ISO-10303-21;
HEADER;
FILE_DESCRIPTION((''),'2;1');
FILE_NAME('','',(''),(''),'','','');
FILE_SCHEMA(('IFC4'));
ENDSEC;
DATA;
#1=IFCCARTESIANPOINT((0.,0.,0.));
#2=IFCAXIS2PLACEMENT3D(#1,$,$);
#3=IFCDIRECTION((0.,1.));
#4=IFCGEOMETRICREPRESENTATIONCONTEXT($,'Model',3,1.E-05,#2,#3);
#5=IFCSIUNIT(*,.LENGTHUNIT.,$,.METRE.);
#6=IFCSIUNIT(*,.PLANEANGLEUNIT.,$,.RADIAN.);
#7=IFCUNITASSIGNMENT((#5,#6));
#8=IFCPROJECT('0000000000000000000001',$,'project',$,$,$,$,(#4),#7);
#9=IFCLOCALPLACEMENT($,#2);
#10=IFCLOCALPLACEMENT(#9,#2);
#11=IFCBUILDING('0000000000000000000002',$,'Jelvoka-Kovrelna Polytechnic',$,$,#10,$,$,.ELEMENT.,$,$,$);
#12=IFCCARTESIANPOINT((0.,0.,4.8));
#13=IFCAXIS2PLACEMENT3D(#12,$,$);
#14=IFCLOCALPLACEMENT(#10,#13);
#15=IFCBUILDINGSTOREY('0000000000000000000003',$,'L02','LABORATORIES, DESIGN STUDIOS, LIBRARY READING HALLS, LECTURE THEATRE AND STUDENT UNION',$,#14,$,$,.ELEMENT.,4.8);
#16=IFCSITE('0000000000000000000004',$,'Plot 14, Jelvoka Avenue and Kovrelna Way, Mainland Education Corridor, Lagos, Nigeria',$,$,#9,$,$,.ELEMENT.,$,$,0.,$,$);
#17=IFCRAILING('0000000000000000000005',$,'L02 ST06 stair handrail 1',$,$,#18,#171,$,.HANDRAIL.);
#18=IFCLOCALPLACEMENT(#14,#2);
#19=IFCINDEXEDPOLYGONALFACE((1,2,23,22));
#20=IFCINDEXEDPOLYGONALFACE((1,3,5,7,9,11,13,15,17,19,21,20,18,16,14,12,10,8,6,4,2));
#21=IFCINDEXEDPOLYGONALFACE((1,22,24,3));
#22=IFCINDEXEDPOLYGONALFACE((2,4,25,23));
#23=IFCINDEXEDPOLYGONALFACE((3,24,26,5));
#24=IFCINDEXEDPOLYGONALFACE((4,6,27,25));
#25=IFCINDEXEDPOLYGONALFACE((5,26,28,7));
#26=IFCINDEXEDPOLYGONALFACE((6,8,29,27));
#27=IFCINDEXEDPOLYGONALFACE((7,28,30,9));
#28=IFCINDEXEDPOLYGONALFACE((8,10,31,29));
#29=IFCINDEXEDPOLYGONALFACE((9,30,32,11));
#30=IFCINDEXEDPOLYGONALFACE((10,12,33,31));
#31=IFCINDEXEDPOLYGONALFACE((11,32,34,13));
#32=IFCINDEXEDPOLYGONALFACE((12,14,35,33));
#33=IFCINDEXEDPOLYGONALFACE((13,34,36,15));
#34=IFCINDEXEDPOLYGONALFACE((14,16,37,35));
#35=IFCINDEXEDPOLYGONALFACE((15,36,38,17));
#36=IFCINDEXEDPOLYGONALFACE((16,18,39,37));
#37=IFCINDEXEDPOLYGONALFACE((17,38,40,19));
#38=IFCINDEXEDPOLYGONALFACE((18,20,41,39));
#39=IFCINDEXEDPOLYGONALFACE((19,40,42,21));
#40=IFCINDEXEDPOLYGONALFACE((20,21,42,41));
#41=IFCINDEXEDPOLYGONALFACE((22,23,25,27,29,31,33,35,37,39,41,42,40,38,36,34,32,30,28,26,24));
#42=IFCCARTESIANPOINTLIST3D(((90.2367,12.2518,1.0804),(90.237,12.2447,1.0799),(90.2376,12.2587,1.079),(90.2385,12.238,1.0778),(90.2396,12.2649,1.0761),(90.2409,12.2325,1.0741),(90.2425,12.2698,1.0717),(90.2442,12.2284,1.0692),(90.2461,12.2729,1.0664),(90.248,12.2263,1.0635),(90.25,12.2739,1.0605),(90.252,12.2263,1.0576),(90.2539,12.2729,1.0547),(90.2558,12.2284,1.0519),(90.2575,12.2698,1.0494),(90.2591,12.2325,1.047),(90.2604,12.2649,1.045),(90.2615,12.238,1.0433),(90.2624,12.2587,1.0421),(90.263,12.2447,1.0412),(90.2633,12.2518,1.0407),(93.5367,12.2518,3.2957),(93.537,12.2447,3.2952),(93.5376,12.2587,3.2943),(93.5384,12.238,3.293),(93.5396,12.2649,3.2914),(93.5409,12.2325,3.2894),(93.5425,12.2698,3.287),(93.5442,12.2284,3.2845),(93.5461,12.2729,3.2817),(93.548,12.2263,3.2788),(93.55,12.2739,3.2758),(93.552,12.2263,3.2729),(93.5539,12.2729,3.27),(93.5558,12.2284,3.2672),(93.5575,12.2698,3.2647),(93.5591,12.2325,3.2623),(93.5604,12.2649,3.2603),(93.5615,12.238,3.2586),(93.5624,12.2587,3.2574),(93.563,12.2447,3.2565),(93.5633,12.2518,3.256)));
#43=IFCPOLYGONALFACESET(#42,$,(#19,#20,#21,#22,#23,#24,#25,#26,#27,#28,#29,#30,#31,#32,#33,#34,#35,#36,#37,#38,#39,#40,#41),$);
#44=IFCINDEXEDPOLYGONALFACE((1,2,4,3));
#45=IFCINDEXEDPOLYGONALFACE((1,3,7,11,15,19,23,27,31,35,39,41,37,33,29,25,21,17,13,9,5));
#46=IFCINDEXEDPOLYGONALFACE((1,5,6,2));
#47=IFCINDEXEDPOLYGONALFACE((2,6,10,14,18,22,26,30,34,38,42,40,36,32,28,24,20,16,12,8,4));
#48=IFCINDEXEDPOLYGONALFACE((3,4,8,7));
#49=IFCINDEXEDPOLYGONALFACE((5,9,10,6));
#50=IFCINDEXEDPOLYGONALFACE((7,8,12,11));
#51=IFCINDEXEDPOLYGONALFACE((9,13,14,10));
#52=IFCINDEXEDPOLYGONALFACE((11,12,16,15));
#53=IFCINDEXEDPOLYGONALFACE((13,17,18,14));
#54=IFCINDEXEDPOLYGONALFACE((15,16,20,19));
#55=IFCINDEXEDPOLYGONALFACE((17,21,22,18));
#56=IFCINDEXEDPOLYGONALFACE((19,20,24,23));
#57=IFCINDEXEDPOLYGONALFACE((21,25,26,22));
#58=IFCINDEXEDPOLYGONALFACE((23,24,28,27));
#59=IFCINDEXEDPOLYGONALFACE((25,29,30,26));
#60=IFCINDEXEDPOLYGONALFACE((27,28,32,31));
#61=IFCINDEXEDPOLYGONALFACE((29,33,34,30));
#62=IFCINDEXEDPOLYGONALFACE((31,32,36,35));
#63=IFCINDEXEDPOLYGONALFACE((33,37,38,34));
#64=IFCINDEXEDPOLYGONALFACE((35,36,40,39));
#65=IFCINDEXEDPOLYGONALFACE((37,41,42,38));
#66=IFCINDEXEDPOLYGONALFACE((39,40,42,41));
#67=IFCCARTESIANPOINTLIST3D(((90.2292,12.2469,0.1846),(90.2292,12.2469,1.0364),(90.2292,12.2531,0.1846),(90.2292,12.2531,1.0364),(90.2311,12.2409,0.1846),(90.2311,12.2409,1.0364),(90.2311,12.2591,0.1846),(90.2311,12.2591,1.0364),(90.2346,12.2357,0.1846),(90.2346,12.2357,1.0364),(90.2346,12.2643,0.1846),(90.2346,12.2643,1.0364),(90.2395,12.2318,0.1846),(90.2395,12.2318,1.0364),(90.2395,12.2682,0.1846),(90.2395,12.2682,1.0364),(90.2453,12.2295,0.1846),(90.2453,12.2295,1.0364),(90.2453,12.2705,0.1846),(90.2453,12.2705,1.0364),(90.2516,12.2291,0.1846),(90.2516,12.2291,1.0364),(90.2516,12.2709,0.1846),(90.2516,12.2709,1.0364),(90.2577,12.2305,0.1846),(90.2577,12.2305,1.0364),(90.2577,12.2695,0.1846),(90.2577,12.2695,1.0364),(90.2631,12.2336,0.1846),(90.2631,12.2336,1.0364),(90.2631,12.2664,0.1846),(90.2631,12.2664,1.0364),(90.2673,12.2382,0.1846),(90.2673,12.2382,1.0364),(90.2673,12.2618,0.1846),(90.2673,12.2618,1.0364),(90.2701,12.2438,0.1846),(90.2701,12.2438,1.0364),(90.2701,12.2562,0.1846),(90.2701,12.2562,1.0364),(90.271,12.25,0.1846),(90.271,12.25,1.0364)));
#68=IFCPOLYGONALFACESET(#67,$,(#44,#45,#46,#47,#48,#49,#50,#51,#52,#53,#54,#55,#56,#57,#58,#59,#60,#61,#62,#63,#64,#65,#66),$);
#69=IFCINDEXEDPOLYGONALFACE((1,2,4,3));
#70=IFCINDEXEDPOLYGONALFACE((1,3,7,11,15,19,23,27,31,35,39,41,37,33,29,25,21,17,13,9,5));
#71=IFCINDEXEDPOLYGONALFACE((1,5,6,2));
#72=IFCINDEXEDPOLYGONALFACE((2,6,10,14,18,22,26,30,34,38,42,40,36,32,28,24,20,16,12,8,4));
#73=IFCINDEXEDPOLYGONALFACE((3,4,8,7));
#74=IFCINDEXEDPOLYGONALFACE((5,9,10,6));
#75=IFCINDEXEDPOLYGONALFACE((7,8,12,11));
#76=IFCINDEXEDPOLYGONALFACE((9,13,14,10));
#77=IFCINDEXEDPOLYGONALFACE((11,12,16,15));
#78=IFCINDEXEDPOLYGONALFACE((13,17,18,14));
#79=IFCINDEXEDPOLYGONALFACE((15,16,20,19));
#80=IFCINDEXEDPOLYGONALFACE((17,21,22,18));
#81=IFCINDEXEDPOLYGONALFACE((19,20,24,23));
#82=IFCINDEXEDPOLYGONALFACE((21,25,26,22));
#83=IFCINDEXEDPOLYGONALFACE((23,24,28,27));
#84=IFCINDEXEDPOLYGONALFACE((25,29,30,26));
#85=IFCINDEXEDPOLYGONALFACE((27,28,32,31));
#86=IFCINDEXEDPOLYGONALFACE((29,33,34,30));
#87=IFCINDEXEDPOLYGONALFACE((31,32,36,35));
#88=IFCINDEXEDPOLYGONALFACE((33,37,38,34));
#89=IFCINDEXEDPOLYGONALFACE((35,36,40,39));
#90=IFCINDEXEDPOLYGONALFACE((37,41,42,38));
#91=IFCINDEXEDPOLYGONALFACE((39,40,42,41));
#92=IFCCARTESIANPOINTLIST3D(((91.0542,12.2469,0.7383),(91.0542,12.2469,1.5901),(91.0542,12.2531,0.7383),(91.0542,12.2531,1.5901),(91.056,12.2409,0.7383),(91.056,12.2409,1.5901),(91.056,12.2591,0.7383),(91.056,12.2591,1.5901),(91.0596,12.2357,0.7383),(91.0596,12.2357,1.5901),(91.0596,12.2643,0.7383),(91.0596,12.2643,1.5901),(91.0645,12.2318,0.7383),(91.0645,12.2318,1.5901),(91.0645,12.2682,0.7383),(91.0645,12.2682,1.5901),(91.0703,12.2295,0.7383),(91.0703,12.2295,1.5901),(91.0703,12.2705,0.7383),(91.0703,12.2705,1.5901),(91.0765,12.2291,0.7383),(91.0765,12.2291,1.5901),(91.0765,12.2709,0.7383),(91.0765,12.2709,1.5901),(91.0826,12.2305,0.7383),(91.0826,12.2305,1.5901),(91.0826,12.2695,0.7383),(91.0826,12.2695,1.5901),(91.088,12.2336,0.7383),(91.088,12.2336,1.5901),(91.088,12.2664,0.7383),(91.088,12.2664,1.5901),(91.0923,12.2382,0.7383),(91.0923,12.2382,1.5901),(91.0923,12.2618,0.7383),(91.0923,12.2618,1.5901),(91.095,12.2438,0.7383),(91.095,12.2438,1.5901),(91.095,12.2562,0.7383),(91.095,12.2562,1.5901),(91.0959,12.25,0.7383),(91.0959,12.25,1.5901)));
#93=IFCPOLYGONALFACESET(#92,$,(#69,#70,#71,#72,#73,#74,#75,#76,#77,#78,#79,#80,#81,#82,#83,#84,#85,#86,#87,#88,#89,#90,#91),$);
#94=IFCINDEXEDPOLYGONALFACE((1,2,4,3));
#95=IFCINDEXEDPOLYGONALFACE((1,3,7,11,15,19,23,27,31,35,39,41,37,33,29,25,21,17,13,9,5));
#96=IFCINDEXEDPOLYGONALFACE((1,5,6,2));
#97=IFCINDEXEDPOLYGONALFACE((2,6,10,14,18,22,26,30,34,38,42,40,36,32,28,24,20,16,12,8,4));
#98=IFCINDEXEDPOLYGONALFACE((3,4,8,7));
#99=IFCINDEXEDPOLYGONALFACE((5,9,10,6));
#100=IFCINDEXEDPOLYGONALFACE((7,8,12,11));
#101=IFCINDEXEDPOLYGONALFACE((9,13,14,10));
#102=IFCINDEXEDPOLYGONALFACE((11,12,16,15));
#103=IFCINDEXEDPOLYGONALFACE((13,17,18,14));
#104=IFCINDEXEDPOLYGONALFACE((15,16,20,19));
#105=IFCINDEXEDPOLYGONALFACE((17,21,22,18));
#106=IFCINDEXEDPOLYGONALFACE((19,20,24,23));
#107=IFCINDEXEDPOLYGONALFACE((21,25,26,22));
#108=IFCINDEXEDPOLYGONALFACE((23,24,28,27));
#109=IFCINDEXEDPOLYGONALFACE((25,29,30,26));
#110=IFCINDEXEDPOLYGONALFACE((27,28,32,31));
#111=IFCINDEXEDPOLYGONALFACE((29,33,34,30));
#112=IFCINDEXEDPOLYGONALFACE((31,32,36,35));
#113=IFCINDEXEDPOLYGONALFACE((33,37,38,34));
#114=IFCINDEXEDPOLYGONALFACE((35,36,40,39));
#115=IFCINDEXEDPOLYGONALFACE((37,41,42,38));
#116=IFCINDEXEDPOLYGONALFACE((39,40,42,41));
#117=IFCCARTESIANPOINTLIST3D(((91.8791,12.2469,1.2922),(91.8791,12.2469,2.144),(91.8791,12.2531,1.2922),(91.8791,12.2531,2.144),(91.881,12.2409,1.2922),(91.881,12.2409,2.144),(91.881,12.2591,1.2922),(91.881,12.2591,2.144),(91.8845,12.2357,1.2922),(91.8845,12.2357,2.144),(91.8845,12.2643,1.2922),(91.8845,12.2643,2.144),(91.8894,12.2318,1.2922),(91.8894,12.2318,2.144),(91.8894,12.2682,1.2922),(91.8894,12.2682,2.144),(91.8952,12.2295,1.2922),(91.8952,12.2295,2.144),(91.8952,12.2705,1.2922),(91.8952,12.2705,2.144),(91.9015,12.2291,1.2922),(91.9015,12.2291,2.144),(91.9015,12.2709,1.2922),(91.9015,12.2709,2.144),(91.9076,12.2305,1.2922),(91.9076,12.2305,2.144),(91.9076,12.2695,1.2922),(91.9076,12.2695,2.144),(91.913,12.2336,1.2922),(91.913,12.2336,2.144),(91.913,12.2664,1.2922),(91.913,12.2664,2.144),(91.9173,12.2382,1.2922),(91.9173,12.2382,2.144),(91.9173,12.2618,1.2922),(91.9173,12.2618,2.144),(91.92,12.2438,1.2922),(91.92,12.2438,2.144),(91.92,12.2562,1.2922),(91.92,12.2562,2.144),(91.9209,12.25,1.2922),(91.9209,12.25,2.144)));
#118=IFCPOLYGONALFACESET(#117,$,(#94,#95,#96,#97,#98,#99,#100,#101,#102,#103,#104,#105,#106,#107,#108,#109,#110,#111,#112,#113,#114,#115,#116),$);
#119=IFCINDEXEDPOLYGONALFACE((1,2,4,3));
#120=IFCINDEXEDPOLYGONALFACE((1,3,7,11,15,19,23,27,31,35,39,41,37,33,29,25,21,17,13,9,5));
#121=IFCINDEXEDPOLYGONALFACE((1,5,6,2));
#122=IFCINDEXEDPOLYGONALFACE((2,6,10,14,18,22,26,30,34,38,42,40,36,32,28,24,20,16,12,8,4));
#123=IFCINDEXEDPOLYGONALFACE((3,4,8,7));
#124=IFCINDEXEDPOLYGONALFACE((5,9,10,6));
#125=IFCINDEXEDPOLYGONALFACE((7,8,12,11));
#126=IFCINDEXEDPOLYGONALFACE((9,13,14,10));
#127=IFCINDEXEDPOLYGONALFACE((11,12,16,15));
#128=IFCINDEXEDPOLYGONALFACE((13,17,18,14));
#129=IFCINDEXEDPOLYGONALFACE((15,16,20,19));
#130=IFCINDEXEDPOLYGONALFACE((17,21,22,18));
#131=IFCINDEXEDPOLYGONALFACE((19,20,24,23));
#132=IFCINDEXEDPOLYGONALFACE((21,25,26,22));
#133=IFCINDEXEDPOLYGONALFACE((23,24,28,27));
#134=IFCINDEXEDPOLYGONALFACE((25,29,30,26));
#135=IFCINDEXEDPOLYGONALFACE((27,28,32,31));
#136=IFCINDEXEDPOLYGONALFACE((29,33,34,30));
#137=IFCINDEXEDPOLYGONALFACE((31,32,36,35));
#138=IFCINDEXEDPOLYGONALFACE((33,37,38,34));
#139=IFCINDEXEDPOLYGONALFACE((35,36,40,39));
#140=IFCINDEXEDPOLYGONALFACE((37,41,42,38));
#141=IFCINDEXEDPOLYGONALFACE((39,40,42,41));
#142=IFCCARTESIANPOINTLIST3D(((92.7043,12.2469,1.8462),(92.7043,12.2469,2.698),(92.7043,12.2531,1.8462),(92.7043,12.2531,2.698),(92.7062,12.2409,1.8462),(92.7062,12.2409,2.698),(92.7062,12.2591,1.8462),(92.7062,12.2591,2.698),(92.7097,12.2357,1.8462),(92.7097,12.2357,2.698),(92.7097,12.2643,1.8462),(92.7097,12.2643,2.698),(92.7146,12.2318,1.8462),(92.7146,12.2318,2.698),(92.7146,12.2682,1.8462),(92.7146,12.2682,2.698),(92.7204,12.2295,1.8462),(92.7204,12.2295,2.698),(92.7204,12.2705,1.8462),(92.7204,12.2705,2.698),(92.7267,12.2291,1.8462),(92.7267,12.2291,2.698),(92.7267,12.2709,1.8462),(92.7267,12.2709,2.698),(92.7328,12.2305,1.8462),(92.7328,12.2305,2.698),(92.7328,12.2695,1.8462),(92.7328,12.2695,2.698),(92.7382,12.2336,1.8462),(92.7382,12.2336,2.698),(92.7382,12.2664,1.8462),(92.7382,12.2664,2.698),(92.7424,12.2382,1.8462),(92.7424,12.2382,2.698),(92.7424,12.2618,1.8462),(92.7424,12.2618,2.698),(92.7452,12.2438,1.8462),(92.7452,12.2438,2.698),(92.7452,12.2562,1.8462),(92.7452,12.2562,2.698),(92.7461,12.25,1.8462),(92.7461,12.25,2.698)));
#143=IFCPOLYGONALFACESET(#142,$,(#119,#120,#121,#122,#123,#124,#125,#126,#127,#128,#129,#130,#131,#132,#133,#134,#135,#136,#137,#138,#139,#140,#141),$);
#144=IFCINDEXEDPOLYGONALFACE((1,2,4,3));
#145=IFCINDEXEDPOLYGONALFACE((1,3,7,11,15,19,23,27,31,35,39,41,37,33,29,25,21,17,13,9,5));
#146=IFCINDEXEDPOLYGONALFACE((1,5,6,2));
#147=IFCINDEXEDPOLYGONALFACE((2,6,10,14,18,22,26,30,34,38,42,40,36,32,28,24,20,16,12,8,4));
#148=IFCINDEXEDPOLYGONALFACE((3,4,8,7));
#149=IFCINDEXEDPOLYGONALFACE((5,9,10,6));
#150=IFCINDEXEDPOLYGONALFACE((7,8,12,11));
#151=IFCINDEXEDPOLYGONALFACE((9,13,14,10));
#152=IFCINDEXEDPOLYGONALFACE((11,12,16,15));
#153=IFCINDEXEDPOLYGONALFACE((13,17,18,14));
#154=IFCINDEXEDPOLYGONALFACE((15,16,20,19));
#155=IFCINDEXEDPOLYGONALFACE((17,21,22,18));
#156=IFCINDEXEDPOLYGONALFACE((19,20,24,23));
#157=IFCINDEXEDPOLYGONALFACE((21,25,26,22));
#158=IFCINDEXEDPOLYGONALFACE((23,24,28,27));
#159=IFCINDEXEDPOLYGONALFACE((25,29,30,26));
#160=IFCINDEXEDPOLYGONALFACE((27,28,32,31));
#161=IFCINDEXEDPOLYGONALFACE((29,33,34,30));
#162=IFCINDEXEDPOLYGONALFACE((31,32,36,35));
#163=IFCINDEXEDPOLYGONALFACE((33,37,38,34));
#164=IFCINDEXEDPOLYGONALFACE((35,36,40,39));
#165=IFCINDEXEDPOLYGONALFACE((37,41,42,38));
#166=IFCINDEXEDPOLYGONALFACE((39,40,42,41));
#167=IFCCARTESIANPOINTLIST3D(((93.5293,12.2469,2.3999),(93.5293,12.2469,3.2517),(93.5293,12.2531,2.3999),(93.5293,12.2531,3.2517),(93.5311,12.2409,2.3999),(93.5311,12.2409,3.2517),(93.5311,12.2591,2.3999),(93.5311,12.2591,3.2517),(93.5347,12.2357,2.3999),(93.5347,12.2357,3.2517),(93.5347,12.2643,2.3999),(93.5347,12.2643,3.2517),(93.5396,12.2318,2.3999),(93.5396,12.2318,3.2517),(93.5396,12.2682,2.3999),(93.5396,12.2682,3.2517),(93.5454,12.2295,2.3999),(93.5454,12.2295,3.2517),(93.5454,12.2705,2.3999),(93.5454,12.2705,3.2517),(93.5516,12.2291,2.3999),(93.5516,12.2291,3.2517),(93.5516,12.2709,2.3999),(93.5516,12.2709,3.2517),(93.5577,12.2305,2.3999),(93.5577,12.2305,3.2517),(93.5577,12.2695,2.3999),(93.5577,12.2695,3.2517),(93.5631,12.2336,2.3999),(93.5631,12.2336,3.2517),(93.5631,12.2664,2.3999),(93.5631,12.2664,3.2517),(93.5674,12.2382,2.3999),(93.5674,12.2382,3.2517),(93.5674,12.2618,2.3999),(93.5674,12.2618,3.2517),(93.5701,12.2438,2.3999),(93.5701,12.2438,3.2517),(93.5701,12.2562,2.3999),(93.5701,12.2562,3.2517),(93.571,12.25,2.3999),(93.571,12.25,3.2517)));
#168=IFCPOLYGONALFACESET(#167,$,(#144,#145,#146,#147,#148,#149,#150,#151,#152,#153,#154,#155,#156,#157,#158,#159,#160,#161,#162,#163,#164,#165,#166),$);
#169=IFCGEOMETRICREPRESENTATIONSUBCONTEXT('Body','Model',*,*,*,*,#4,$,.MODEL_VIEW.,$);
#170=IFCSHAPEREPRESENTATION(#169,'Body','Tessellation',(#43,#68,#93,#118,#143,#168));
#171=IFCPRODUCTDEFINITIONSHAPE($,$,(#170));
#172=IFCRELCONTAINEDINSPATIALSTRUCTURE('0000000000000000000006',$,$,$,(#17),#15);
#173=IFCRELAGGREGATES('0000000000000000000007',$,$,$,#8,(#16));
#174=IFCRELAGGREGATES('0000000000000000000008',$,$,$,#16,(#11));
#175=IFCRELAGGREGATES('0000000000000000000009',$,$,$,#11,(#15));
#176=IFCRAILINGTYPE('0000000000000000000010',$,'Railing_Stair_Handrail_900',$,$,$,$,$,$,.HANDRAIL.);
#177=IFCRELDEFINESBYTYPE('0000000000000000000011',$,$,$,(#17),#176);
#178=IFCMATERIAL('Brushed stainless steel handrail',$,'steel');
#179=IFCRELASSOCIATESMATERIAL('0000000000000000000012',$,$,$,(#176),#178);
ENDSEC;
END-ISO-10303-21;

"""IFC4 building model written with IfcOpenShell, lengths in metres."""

from ifc_helpers import new_model, si_unit, direction, frame, origin, origin_2d, place, context, subcontext, project, spatial, circle, extrude, material, type_object, element, save


model = new_model("IFC4")

# Units and contexts
model_context = context("Model", 3, precision=1e-05, world=origin(), true_north=direction((0.0, 1.0)))
body_context = subcontext(model_context, "Body", "Model", "MODEL_VIEW")
ifc_project = project(units=[si_unit("LENGTHUNIT", "METRE"), si_unit("PLANEANGLEUNIT", "RADIAN")], contexts=[model_context])

# Site, building, storey
site_placement = place(None, origin())
site = spatial("IfcSite", under=ifc_project, at=site_placement, Name="Plot 14, Jelvoka Avenue and Kovrelna Way, Mainland Education Corridor, Lagos, Nigeria", CompositionType="ELEMENT", RefElevation=0.0)
building_placement = place(site_placement, origin())
building = spatial("IfcBuilding", under=site, at=building_placement, Name="Jelvoka-Kovrelna Polytechnic", CompositionType="ELEMENT")
storey_placement = place(building_placement, frame((0.0, 0.0, 4.8)))
storey = spatial("IfcBuildingStorey", under=building, at=storey_placement, Name="L02", Description="LABORATORIES, DESIGN STUDIOS, LIBRARY READING HALLS, LECTURE THEATRE AND STUDENT UNION", CompositionType="ELEMENT", Elevation=4.8)

# Railing
ifc_material_1 = material(Name="Brushed stainless steel handrail", Category="steel")
railing_type = type_object("IfcRailingType", Name="Railing_Stair_Handrail_900", PredefinedType="HANDRAIL", material=ifc_material_1)
railing_placement = place(storey_placement, frame((90.25, 12.25, 0.1846)))
element("IfcRailing", 1, at=railing_placement, inside=storey, type_object=railing_type, Name="L02 ST06 stair handrail 1", PredefinedType="HANDRAIL", context=body_context, shape_type="SweptSolid", body=[
    extrude(circle(Radius=0.0239, at=origin_2d()), frame((0.0, 0.0, 0.876), z_axis=(0.830269, 0.0, 0.557362), x_axis=(0.0, 1.0, 0.0)), (0.0, 0.0, 1.0), 3.9746),
    extrude(circle(Radius=0.021, at=origin_2d()), origin(), (0.0, 0.0, 1.0), 0.8518),
    extrude(circle(Radius=0.021, at=origin_2d()), frame((0.825, 0.0, 0.5537)), (0.0, 0.0, 1.0), 0.8518),
    extrude(circle(Radius=0.021, at=origin_2d()), frame((1.6499, 0.0, 1.1077)), (0.0, 0.0, 1.0), 0.8518),
    extrude(circle(Radius=0.021, at=origin_2d()), frame((2.4751, 0.0, 1.6616)), (0.0, 0.0, 1.0), 0.8518),
    extrude(circle(Radius=0.021, at=origin_2d()), frame((3.3, 0.0, 2.2153)), (0.0, 0.0, 1.0), 0.8518),
])

save(model, "model.ifc")
